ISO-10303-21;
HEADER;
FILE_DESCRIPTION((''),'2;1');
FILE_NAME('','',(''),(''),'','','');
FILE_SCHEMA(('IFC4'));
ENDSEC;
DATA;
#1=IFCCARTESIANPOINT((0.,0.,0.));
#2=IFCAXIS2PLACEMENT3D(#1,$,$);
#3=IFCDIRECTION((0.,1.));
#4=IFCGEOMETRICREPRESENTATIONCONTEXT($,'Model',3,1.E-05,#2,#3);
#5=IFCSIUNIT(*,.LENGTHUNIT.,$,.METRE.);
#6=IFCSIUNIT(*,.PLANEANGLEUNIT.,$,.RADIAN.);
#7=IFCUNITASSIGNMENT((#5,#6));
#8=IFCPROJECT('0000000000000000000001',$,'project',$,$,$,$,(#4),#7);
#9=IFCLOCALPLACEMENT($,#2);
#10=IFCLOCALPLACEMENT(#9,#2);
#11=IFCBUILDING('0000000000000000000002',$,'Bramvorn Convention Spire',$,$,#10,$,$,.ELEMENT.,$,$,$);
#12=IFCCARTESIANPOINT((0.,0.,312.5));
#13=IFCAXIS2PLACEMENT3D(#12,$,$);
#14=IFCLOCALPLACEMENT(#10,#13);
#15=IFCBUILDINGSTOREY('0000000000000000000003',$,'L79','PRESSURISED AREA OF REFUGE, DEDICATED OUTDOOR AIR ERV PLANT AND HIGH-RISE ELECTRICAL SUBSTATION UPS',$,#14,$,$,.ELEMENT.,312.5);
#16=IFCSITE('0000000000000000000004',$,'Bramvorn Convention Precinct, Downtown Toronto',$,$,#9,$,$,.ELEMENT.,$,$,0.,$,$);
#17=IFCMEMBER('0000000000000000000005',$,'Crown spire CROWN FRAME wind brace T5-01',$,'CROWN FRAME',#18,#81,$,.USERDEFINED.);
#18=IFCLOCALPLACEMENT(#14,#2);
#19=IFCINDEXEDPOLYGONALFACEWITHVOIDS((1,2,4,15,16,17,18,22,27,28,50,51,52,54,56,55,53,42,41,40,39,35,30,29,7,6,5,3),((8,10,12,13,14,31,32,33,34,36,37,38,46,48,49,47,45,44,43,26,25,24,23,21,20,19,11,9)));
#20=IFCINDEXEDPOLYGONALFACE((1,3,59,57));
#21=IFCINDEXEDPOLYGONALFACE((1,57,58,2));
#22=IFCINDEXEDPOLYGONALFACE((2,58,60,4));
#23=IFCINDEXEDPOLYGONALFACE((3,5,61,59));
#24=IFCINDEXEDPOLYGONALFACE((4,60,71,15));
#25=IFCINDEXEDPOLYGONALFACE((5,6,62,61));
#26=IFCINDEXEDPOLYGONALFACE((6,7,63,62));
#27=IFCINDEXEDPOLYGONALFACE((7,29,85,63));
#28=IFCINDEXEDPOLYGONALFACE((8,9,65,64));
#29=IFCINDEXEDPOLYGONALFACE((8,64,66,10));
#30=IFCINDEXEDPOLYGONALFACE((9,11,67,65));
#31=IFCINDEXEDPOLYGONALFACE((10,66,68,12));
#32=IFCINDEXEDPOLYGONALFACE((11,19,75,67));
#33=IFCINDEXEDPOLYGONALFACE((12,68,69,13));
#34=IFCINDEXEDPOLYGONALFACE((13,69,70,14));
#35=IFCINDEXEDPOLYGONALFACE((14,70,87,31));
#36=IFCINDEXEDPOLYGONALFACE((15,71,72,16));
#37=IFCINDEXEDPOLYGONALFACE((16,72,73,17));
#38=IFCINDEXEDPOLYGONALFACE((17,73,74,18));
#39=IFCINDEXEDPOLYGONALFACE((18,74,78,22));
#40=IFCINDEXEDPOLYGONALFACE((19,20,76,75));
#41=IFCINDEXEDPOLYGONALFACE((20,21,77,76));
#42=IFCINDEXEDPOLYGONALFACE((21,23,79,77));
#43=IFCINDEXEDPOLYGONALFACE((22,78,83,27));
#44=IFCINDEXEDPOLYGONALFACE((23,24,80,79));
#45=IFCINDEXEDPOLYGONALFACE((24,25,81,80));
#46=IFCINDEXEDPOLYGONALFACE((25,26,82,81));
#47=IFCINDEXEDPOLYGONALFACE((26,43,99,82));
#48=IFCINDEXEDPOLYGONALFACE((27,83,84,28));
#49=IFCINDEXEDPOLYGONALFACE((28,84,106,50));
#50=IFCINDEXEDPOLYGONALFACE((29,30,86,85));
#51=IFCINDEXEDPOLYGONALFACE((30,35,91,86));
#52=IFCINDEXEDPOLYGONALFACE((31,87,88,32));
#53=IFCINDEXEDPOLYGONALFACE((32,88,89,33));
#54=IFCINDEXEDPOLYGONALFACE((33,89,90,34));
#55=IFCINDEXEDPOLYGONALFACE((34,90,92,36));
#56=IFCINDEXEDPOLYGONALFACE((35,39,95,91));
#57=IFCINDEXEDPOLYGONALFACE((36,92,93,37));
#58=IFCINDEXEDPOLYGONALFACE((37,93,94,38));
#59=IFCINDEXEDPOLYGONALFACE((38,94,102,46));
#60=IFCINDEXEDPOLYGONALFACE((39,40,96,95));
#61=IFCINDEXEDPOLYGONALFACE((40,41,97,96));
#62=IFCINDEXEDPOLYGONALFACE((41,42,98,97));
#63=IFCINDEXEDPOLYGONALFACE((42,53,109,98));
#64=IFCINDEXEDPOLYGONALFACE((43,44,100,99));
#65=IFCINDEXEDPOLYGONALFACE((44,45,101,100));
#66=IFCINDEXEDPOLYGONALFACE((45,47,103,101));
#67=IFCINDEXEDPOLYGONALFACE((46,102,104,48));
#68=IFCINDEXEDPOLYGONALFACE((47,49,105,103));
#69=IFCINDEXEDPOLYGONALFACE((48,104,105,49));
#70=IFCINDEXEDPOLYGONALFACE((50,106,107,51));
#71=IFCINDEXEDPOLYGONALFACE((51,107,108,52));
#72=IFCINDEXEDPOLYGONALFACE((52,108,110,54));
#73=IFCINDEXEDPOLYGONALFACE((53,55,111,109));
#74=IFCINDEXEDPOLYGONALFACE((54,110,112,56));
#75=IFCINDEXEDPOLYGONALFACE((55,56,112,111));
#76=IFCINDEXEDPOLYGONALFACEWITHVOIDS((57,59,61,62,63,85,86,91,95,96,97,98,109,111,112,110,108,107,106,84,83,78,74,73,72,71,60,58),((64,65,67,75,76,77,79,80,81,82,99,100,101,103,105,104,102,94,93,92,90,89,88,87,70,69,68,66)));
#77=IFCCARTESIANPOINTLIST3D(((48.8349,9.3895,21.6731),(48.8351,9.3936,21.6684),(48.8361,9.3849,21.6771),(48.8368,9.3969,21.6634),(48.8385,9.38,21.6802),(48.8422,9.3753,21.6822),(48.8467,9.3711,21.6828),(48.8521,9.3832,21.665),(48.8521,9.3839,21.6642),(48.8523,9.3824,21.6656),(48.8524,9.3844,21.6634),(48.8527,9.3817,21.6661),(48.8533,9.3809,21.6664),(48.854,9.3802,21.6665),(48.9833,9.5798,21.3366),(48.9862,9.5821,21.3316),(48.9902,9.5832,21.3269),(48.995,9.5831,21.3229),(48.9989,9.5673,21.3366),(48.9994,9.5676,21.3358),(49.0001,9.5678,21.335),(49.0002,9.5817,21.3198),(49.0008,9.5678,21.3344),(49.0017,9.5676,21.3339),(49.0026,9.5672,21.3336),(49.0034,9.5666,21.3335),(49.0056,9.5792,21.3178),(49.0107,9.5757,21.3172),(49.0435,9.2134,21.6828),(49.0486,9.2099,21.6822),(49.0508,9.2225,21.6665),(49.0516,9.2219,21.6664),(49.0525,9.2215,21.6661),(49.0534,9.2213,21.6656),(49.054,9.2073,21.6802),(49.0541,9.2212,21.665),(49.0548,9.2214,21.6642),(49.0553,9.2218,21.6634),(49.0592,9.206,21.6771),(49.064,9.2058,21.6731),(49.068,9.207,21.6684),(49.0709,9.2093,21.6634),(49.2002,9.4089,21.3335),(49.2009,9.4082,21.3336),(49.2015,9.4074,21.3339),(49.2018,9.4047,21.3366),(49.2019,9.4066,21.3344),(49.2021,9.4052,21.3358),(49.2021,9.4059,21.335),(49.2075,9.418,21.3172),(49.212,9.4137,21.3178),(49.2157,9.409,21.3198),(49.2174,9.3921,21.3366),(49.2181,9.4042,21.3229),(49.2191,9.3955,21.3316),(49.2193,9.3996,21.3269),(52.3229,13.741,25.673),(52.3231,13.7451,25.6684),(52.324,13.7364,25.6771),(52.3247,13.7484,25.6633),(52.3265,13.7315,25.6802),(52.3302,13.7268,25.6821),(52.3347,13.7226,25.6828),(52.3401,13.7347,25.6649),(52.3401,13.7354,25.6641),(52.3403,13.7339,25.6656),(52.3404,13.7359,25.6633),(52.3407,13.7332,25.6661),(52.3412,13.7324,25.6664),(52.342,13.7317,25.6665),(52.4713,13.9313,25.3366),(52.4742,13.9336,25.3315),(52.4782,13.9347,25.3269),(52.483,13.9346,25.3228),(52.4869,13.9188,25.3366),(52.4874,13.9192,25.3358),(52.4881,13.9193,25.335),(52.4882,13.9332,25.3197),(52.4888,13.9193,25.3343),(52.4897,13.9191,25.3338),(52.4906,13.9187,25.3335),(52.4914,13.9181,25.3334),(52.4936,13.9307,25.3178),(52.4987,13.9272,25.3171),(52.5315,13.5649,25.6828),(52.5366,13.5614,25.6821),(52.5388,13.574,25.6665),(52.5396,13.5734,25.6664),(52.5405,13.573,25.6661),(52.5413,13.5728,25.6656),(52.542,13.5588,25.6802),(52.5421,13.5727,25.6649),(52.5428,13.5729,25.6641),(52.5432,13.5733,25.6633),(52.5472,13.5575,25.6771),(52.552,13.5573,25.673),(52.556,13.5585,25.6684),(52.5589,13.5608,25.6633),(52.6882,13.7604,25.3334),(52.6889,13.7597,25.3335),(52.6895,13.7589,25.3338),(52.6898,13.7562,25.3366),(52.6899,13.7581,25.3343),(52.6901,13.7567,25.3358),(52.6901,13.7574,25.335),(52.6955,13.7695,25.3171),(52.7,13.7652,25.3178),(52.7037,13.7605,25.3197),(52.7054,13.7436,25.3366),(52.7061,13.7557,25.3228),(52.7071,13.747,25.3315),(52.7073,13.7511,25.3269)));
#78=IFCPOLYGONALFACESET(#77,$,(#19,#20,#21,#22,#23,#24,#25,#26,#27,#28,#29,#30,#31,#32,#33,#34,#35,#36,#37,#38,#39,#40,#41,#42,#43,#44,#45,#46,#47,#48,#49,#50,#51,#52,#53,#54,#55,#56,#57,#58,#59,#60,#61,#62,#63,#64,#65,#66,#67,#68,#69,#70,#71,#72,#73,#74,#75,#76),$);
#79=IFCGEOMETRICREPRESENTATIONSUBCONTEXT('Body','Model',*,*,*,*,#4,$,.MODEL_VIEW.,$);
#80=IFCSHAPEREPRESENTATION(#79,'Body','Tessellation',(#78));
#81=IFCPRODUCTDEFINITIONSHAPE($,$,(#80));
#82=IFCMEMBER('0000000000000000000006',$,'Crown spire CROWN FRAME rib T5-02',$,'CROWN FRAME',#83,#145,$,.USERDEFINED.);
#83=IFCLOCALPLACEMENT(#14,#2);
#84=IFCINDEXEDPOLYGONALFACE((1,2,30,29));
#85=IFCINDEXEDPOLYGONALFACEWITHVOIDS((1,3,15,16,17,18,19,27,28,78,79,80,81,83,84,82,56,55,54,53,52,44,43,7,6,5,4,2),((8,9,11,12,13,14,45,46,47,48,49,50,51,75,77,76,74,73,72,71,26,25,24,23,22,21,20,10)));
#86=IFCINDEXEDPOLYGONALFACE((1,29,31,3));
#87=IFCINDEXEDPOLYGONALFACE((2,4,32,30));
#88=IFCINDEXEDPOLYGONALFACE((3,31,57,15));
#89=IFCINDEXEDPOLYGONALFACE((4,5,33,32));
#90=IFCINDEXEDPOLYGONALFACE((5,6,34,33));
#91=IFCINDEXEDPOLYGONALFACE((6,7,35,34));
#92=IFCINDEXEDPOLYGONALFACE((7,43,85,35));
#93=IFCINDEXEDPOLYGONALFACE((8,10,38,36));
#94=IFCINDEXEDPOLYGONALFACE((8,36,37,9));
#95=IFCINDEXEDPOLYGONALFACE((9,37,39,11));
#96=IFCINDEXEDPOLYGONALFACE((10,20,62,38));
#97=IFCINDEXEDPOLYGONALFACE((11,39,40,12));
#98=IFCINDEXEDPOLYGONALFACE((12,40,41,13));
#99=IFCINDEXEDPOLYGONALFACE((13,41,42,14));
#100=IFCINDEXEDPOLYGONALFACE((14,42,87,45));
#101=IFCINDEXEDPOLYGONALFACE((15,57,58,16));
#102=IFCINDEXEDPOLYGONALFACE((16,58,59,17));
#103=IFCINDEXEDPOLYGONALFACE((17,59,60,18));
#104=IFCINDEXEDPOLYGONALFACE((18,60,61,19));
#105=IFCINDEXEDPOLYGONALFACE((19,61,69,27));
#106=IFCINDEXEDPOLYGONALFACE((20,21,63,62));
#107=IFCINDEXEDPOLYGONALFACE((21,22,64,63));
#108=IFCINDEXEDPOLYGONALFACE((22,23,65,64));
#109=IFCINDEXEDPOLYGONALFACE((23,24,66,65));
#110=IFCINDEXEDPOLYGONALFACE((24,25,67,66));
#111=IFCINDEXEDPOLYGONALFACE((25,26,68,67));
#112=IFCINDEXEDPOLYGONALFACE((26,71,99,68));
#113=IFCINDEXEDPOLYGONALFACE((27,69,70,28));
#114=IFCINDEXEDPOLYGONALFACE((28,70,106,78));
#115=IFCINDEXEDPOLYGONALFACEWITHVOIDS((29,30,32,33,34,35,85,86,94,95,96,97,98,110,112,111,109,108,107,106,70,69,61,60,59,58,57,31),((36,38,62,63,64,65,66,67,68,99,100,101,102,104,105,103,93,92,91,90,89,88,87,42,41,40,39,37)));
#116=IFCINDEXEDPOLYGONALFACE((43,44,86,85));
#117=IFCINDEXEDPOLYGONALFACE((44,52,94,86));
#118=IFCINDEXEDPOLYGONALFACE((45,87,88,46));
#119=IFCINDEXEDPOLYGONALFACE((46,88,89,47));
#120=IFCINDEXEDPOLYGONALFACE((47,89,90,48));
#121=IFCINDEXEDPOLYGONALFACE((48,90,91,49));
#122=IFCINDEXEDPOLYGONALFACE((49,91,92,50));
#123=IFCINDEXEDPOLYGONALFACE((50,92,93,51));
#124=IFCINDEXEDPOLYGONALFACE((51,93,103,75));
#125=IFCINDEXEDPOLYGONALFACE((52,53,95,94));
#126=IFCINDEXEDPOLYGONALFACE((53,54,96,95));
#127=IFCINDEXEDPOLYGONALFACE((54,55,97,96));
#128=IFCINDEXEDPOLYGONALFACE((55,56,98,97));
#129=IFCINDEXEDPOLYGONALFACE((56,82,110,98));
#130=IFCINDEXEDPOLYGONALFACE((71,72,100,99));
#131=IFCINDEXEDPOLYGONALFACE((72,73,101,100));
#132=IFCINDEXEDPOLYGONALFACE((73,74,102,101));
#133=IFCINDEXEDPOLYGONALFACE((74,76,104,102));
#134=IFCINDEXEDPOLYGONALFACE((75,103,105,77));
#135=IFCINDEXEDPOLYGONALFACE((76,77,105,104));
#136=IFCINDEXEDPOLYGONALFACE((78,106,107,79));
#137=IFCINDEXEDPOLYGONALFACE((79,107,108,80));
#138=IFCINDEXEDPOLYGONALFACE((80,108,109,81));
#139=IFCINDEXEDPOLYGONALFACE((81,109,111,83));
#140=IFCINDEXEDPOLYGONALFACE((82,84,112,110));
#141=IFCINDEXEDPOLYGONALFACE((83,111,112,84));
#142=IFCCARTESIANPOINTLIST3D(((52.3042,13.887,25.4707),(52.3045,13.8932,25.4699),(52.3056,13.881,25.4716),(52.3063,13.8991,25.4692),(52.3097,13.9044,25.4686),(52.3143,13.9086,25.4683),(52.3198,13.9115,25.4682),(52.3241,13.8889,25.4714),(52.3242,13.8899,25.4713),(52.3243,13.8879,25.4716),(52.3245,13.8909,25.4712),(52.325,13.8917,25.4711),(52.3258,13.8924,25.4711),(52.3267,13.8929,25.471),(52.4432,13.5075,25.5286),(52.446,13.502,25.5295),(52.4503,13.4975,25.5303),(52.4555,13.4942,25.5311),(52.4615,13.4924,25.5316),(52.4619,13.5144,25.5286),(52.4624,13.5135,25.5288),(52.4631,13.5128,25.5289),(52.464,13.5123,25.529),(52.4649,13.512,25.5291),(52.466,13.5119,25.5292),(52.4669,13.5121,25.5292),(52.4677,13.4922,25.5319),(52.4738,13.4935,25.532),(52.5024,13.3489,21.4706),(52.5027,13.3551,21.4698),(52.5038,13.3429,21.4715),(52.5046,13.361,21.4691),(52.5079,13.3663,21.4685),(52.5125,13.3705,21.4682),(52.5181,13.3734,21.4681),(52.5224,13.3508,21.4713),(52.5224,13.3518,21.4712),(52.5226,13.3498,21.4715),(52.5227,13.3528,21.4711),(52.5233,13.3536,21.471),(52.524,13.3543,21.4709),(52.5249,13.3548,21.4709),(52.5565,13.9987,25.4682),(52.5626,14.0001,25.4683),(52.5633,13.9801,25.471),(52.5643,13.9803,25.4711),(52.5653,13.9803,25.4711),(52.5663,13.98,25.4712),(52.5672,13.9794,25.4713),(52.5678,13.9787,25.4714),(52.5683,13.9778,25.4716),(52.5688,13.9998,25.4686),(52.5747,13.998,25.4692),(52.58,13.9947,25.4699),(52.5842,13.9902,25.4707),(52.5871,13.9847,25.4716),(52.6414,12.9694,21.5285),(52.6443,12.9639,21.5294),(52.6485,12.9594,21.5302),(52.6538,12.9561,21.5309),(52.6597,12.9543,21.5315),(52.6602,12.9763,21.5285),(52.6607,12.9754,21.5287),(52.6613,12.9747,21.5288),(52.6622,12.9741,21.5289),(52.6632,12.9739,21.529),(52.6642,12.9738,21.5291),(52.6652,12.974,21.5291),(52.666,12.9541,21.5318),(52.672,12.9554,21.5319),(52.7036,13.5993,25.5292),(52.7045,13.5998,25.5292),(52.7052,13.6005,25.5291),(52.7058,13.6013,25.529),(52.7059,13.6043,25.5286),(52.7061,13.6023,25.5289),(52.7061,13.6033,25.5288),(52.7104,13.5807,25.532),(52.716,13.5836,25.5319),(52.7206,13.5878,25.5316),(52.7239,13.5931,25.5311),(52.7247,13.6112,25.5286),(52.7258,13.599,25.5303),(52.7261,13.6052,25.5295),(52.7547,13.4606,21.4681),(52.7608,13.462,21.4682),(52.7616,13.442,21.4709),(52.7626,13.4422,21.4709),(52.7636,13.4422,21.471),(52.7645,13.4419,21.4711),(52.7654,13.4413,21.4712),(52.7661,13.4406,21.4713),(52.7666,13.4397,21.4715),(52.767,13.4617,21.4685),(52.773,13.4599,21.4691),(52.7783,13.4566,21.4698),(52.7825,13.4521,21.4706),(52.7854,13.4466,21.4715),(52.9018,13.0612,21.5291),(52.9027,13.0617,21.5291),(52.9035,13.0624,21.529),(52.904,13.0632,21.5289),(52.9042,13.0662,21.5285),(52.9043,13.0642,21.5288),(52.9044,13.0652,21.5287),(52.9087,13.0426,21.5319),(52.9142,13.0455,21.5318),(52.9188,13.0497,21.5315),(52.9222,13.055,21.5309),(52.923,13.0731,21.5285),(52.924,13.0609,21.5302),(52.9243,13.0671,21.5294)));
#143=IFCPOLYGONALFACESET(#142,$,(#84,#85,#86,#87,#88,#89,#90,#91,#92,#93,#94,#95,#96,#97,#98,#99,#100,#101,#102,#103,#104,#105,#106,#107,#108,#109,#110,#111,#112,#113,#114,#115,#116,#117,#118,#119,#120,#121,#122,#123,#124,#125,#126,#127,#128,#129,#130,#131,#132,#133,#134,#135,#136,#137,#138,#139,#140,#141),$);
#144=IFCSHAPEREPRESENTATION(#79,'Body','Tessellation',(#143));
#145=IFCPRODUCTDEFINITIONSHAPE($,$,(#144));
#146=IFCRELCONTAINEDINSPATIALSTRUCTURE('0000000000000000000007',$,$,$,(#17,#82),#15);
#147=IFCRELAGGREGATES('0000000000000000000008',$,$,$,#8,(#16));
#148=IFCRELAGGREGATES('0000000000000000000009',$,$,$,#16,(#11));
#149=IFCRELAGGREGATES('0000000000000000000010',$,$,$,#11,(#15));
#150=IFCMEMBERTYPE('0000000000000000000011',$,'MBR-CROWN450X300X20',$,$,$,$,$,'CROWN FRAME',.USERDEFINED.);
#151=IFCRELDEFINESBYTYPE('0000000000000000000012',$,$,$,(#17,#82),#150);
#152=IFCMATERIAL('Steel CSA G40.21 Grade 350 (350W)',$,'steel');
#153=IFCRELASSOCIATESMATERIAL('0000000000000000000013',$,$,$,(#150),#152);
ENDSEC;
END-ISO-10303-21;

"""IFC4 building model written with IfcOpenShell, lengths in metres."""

from ifc_helpers import new_model, si_unit, direction, frame, origin, origin_2d, place, context, subcontext, project, spatial, hollow_rectangle, extrude, material, material_profile, profile_set, type_object, element, save


model = new_model("IFC4")

# Units and contexts
model_context = context("Model", 3, precision=1e-05, world=origin(), true_north=direction((0.0, 1.0)))
body_context = subcontext(model_context, "Body", "Model", "MODEL_VIEW")
ifc_project = project(units=[si_unit("LENGTHUNIT", "METRE"), si_unit("PLANEANGLEUNIT", "RADIAN")], contexts=[model_context])

# Site, building, storey
site_placement = place(None, origin())
site = spatial("IfcSite", under=ifc_project, at=site_placement, Name="Bramvorn Convention Precinct, Downtown Toronto", CompositionType="ELEMENT", RefElevation=0.0)
building_placement = place(site_placement, origin())
building = spatial("IfcBuilding", under=site, at=building_placement, Name="Bramvorn Convention Spire", CompositionType="ELEMENT")
storey_placement = place(building_placement, frame((0.0, 0.0, 312.5)))
storey = spatial("IfcBuildingStorey", under=building, at=storey_placement, Name="L79", Description="PRESSURISED AREA OF REFUGE, DEDICATED OUTDOOR AIR ERV PLANT AND HIGH-RISE ELECTRICAL SUBSTATION UPS", CompositionType="ELEMENT", Elevation=312.5)

# Members
ifc_material_1 = material(Name="Steel CSA G40.21 Grade 350 (350W)", Category="steel")
ifc_material_profile = material_profile(ifc_material_1, hollow_rectangle(XDim=0.3, YDim=0.45, WallThickness=0.02, InnerFilletRadius=0.0039, OuterFilletRadius=0.0239, at=origin_2d()))
ifc_profile_set = profile_set([ifc_material_profile], Name="Steel CSA G40.21 Grade 350 (350W) - CROWN450X300X20")
member_type = type_object("IfcMemberType", Name="MBR-CROWN450X300X20", ElementType="CROWN FRAME", PredefinedType="USERDEFINED", material=ifc_profile_set)
member_1_placement = place(storey_placement, frame((49.0271, 9.3945, 21.5), z_axis=(0.508229, 0.63405, 0.582825), x_axis=(-0.780275, 0.625437, 0.0)))
element("IfcMember", 1, at=member_1_placement, inside=storey, type_object=member_type, Name="Crown spire CROWN FRAME wind brace T5-01", ObjectType="CROWN FRAME", PredefinedType="USERDEFINED", context=body_context, shape_type="SweptSolid", body=[
    extrude(hollow_rectangle(XDim=0.3, YDim=0.45, WallThickness=0.02, InnerFilletRadius=0.0039, OuterFilletRadius=0.0239, at=origin_2d()), origin(), (0.0, 0.0, 1.0), 6.863),
])
member_2_placement = place(storey_placement, frame((52.7134, 13.208, 21.5), z_axis=(-0.049059, 0.13316, 0.98988), x_axis=(-0.938343, -0.345705, 0.0)))
element("IfcMember", 2, at=member_2_placement, inside=storey, type_object=member_type, Name="Crown spire CROWN FRAME rib T5-02", ObjectType="CROWN FRAME", PredefinedType="USERDEFINED", context=body_context, shape_type="SweptSolid", body=[
    extrude(hollow_rectangle(XDim=0.3, YDim=0.45, WallThickness=0.02, InnerFilletRadius=0.0039, OuterFilletRadius=0.0239, at=origin_2d()), origin(), (0.0, 0.0, 1.0), 4.041),
])

save(model, "model.ifc")
